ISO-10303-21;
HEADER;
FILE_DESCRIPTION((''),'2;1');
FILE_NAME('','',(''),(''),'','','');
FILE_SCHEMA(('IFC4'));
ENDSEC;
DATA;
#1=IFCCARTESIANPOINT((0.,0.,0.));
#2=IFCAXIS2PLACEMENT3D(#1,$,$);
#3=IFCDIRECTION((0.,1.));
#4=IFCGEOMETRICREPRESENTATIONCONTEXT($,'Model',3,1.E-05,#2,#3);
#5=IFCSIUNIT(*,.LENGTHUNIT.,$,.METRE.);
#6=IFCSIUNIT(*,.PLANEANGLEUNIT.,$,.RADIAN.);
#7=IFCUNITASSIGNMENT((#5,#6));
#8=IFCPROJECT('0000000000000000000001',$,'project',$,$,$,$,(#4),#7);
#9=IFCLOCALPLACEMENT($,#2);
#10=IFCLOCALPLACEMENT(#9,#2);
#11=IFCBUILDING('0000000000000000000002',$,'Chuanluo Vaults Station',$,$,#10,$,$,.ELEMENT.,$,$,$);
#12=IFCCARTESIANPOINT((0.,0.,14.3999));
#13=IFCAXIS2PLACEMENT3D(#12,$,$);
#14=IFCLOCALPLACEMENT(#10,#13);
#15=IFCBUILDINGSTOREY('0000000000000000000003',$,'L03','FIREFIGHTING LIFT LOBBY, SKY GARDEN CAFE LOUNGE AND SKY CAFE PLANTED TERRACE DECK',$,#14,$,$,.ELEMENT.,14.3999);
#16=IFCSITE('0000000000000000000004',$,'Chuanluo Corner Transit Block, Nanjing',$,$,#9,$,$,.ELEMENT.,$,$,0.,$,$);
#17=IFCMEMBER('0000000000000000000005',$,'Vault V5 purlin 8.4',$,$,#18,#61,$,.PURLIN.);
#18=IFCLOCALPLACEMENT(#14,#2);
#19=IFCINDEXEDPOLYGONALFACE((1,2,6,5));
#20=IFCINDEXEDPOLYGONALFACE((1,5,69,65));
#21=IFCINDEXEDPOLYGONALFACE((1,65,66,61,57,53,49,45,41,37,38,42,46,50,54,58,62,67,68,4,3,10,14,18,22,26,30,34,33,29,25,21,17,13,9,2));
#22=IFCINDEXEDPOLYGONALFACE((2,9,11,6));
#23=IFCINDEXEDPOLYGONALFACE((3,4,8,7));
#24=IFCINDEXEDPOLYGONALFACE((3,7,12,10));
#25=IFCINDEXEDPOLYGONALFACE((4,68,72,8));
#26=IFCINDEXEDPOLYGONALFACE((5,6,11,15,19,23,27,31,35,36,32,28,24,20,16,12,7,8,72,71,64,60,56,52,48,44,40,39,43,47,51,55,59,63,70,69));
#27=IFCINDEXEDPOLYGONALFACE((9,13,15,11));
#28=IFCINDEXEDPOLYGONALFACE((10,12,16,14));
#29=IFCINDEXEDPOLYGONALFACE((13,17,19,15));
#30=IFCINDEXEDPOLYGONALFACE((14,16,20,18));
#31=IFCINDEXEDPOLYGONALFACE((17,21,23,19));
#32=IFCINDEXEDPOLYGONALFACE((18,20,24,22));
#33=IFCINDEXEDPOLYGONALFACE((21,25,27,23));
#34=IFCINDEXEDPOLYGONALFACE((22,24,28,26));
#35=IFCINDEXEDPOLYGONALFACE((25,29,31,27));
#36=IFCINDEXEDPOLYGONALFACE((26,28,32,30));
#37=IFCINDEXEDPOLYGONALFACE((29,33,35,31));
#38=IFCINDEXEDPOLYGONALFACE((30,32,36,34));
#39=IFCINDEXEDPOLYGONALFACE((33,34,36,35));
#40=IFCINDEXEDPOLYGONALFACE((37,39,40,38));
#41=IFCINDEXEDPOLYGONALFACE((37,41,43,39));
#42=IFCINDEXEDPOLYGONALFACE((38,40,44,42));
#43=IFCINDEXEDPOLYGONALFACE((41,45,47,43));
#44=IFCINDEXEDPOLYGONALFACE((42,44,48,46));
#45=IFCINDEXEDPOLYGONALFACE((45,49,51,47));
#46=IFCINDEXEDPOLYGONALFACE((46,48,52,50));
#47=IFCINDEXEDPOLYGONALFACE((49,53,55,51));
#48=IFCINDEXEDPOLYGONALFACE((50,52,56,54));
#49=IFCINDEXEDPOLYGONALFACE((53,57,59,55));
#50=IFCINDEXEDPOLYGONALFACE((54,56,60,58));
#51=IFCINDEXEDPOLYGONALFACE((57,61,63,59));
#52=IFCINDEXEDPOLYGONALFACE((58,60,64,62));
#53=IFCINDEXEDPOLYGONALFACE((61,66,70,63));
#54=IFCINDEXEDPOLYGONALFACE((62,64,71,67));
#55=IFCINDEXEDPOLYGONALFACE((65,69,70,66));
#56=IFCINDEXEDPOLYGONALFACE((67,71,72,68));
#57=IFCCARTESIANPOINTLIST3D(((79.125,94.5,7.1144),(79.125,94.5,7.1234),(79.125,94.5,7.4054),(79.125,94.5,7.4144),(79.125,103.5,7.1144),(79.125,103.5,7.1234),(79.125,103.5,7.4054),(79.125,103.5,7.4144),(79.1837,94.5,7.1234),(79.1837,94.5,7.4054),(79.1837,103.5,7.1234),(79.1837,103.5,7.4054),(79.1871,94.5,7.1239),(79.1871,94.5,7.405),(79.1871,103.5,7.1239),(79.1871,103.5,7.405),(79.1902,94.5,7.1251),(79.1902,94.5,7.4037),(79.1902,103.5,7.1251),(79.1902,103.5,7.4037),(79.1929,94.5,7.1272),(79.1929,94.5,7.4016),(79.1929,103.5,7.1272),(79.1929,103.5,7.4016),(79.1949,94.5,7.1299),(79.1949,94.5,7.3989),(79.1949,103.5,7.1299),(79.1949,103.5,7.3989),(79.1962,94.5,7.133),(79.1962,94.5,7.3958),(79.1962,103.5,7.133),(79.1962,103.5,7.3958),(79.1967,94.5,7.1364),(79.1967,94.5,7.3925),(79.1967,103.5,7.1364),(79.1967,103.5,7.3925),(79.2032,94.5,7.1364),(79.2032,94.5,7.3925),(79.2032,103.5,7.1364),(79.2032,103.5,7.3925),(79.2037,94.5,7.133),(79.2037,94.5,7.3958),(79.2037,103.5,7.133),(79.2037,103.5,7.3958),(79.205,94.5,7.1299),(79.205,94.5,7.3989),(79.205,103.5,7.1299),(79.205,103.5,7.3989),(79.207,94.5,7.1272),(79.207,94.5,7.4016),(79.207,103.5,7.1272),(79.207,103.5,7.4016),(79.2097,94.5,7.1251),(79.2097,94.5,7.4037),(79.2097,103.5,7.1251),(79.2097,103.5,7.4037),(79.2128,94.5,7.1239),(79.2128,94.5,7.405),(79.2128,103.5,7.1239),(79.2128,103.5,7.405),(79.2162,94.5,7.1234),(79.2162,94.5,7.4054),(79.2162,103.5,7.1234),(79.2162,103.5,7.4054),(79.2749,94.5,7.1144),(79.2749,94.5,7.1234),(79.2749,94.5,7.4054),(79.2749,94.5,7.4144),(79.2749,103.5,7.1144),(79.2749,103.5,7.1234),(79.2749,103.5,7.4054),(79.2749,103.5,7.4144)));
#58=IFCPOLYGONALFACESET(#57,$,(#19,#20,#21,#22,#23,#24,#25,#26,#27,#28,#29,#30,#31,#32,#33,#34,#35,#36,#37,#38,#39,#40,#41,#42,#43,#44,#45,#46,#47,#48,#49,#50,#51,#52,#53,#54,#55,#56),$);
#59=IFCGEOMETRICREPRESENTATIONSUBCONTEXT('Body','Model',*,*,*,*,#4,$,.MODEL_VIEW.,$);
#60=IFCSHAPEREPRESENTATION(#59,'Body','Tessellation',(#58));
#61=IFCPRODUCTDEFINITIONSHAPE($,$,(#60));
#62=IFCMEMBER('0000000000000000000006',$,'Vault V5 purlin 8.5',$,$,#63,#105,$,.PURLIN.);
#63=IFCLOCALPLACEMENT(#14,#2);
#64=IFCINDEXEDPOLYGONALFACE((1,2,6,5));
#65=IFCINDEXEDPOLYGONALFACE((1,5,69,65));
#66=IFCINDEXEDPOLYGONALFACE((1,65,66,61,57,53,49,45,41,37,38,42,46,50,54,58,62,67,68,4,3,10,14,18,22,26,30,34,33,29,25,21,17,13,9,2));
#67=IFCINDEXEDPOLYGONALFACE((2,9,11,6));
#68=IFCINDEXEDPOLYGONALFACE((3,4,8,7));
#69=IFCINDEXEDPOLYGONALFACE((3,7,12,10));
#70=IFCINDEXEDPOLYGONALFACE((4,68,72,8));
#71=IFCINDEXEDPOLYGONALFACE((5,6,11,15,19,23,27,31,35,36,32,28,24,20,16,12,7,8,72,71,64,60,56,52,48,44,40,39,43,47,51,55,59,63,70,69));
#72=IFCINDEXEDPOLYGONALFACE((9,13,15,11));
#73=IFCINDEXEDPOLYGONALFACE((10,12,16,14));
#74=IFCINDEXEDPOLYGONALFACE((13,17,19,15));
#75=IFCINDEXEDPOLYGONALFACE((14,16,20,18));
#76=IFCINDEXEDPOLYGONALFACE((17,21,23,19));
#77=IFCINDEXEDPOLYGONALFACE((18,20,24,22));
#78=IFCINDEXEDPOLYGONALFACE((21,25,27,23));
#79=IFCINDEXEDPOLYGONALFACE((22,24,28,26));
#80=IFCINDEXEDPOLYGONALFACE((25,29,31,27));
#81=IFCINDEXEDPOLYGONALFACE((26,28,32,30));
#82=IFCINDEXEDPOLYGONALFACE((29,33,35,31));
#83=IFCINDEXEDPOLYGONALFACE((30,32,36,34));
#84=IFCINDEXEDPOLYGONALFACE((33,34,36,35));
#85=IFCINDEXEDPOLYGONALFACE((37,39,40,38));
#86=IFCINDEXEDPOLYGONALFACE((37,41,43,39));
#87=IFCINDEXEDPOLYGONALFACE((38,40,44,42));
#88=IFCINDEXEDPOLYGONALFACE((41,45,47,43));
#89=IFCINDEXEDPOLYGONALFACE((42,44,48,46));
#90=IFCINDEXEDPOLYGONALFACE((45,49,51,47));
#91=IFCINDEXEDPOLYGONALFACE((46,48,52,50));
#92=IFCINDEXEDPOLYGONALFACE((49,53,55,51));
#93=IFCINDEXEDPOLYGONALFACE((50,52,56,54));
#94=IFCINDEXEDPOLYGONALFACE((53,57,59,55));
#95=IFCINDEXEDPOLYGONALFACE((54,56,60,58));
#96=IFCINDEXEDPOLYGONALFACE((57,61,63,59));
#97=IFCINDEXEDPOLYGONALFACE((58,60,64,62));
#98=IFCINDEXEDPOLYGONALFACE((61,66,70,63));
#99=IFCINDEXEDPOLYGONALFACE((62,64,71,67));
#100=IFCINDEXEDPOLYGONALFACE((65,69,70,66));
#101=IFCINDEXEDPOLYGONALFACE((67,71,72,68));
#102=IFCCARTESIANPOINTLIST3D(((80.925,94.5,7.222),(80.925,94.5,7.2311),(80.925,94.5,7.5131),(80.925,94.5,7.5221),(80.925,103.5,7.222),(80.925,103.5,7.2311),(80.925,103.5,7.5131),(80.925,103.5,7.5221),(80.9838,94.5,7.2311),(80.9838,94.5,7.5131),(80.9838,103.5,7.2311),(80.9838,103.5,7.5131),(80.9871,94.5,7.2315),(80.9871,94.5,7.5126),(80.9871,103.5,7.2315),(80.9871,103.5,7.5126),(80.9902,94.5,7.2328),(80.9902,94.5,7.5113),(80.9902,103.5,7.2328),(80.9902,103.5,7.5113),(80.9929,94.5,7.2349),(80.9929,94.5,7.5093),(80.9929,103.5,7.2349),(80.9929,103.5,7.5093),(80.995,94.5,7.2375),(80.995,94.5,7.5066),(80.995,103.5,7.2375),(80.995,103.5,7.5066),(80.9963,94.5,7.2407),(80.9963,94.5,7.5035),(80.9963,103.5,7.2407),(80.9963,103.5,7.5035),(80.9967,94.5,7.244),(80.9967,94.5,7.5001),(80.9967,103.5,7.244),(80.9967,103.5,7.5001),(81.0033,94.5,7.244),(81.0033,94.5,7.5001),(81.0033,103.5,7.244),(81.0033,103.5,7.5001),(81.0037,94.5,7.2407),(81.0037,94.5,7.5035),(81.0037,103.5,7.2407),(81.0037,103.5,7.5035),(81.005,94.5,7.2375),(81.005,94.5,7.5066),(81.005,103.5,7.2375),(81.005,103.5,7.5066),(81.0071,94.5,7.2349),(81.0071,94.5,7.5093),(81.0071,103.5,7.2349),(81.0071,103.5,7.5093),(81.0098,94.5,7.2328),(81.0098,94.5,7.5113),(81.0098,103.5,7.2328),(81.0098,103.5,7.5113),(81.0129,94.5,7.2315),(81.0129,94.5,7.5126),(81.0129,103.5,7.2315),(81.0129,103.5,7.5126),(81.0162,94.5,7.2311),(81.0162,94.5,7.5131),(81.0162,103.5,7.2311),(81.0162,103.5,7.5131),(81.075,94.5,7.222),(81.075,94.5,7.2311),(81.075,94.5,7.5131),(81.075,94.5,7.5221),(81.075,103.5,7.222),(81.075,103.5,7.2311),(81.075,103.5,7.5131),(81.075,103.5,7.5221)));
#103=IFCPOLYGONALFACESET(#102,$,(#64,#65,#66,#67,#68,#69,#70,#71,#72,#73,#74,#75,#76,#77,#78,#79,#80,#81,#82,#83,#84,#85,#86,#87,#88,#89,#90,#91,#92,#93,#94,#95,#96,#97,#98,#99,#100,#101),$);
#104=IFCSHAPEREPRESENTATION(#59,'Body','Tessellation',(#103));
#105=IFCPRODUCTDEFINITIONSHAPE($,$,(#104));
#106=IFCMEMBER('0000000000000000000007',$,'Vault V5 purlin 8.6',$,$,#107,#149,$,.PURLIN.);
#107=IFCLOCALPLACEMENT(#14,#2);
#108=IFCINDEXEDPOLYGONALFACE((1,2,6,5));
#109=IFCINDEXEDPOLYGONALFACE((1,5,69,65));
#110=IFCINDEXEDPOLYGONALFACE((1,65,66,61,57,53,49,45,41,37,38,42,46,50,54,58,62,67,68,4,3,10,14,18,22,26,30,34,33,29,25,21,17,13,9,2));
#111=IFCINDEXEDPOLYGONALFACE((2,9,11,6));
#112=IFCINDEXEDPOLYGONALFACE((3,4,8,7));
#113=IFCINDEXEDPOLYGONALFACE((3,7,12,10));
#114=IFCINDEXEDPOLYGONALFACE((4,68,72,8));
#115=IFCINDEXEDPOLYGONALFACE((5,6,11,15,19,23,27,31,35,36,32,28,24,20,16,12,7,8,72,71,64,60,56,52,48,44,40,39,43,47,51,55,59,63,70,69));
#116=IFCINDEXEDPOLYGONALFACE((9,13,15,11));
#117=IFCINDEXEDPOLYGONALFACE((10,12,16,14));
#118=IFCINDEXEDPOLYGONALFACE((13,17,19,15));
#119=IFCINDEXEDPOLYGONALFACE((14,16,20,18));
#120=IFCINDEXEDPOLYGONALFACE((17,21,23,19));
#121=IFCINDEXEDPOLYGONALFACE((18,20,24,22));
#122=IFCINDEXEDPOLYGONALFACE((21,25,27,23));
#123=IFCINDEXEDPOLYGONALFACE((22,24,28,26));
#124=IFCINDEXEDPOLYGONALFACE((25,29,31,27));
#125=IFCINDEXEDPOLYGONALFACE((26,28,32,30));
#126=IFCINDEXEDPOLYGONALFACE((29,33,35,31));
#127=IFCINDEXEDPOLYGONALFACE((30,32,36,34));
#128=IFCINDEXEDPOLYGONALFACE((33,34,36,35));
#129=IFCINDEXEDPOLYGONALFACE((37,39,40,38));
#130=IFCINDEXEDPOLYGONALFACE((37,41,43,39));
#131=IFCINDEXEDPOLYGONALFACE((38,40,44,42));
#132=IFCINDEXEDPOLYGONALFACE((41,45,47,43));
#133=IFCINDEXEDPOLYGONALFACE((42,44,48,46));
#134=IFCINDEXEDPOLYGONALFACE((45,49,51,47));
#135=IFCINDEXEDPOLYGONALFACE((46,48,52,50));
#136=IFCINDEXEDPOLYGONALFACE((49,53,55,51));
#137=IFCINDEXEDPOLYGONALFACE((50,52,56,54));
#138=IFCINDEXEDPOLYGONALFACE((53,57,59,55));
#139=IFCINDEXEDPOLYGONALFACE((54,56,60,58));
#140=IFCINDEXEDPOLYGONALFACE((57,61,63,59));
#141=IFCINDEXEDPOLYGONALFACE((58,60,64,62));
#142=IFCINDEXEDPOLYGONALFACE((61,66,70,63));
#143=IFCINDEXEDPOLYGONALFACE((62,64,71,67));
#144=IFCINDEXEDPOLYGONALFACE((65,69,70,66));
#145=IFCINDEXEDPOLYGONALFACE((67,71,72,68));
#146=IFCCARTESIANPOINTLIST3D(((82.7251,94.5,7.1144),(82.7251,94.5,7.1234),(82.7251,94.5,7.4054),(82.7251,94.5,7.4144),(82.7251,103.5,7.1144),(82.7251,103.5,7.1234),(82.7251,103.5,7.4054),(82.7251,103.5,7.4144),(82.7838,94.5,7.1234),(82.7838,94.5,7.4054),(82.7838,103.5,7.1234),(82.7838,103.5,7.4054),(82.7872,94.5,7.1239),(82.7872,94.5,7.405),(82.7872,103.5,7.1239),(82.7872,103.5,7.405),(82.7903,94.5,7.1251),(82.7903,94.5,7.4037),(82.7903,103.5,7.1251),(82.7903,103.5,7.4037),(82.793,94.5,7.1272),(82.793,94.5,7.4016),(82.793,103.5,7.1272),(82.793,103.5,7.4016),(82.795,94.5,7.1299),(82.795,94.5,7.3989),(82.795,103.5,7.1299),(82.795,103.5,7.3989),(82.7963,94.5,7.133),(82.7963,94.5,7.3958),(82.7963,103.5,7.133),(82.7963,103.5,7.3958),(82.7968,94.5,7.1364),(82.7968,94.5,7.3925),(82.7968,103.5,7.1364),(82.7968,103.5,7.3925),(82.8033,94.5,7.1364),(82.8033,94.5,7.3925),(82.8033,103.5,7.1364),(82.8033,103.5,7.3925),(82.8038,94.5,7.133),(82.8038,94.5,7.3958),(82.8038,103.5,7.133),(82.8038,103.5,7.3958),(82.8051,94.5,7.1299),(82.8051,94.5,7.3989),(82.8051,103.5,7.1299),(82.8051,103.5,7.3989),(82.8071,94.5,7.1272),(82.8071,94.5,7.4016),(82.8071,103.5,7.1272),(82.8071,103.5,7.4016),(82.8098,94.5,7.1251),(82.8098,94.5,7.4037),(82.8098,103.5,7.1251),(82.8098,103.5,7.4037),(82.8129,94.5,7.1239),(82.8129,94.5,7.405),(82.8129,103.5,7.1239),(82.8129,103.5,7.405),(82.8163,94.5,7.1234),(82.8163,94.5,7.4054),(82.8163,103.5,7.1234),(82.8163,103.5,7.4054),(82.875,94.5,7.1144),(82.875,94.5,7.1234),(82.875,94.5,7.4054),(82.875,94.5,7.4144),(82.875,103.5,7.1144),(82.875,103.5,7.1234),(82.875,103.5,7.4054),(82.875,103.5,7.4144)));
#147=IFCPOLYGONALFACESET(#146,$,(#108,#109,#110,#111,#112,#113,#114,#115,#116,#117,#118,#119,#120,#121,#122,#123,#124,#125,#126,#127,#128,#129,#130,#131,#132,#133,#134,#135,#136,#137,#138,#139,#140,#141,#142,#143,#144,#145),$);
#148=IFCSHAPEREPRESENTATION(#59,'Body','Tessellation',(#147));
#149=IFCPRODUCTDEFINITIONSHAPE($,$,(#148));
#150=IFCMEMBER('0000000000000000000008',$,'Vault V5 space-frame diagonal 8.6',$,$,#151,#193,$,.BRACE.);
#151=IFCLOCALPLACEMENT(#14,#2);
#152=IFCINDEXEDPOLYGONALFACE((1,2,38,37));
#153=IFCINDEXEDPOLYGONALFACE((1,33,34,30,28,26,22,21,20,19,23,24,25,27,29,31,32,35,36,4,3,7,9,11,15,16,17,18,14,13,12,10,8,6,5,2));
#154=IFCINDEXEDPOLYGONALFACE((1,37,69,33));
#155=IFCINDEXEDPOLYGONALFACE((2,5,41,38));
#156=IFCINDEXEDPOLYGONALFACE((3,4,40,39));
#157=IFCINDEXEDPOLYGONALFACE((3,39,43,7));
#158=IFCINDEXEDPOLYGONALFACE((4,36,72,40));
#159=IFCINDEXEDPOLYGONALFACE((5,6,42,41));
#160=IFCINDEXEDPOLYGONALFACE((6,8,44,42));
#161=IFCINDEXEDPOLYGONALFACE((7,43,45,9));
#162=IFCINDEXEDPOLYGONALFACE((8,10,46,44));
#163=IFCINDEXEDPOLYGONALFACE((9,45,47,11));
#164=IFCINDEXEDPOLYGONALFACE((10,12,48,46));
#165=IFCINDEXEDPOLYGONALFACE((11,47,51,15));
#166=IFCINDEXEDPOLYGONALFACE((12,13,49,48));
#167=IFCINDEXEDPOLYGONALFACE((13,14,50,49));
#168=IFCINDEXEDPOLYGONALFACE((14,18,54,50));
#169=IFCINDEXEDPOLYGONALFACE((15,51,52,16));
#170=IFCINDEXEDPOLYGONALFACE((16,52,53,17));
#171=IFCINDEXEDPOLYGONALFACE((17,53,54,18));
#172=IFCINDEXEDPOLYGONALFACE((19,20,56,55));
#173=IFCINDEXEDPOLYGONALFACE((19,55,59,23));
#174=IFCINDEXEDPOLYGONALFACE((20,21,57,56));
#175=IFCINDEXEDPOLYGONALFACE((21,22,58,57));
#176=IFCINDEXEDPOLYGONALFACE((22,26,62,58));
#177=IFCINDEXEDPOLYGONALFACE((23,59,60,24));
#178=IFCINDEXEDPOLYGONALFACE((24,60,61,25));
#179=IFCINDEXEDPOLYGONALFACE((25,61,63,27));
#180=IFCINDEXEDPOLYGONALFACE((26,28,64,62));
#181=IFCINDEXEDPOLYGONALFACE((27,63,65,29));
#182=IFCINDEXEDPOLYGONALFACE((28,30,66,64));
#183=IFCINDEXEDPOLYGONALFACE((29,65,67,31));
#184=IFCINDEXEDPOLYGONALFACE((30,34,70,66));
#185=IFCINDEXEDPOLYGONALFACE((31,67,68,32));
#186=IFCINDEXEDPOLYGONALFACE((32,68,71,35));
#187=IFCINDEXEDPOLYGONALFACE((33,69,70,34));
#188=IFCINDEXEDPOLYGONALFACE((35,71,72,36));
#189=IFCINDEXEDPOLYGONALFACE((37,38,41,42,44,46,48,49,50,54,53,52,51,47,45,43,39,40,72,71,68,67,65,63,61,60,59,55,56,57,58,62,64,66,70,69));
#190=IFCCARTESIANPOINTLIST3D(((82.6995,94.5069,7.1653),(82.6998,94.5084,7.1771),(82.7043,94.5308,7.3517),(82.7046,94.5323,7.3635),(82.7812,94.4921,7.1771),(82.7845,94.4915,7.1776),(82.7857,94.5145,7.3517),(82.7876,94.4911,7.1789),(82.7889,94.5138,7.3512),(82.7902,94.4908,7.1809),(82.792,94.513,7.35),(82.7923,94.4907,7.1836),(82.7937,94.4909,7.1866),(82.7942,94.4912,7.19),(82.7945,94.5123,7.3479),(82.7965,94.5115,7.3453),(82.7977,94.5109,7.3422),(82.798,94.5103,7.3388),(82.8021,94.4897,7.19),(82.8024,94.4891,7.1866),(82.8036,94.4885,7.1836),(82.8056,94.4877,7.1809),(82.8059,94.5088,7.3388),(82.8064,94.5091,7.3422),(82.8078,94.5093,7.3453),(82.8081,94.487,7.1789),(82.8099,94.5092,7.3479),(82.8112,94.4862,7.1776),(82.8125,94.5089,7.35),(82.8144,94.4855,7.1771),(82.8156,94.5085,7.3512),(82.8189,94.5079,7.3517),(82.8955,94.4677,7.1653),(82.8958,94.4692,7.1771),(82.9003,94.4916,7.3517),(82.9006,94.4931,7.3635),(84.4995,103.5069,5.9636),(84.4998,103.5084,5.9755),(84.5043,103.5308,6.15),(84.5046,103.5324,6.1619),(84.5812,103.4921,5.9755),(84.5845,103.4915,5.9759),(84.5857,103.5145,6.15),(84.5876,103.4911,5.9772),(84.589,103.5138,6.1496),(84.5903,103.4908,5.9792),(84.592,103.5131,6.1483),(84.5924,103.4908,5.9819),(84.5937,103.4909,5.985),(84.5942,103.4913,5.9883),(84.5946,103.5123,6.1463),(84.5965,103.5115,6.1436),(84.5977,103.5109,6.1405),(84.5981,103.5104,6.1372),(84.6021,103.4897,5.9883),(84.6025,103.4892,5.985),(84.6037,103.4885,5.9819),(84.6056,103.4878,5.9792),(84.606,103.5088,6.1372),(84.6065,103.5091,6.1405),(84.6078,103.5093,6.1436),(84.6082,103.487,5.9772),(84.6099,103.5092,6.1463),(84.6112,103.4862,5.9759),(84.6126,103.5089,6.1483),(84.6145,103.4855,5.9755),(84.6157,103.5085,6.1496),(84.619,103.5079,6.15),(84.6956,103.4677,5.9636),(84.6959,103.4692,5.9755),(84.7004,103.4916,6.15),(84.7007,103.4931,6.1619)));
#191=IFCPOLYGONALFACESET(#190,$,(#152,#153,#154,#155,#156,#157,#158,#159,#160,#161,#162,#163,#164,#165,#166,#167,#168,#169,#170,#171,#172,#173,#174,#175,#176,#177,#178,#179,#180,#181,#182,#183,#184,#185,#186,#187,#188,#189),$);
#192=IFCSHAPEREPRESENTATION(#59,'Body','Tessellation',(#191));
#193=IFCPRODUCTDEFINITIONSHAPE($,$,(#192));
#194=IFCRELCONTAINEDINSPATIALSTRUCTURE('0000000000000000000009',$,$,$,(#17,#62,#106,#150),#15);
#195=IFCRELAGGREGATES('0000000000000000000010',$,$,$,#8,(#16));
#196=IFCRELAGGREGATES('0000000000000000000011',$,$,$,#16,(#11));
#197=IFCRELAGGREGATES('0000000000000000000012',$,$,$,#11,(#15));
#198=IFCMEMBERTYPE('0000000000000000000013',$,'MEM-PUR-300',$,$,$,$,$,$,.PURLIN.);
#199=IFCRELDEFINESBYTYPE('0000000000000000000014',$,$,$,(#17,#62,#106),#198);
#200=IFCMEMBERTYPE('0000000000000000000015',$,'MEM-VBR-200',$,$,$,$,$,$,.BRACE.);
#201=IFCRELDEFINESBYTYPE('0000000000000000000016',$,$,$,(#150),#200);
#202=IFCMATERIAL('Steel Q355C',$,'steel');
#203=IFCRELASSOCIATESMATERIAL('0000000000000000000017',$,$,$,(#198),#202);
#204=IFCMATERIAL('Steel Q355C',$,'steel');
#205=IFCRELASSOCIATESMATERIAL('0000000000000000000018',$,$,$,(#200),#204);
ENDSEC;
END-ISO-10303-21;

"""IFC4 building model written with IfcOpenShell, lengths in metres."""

from ifc_helpers import new_model, si_unit, direction, frame, origin, origin_2d, place, context, subcontext, project, spatial, i_section, extrude, material, material_profile, profile_set, type_object, element, save


model = new_model("IFC4")

# Units and contexts
model_context = context("Model", 3, precision=1e-05, world=origin(), true_north=direction((0.0, 1.0)))
body_context = subcontext(model_context, "Body", "Model", "MODEL_VIEW")
ifc_project = project(units=[si_unit("LENGTHUNIT", "METRE"), si_unit("PLANEANGLEUNIT", "RADIAN")], contexts=[model_context])

# Site, building, storey
site_placement = place(None, origin())
site = spatial("IfcSite", under=ifc_project, at=site_placement, Name="Chuanluo Corner Transit Block, Nanjing", CompositionType="ELEMENT", RefElevation=0.0)
building_placement = place(site_placement, origin())
building = spatial("IfcBuilding", under=site, at=building_placement, Name="Chuanluo Vaults Station", CompositionType="ELEMENT")
storey_placement = place(building_placement, frame((0.0, 0.0, 14.3999)))
storey = spatial("IfcBuildingStorey", under=building, at=storey_placement, Name="L03", Description="FIREFIGHTING LIFT LOBBY, SKY GARDEN CAFE LOUNGE AND SKY CAFE PLANTED TERRACE DECK", CompositionType="ELEMENT", Elevation=14.3999)

# Members
ifc_material_1 = material(Name="Steel Q355C", Category="steel")
ifc_material_profile_1 = material_profile(ifc_material_1, i_section(OverallWidth=0.1499, OverallDepth=0.3, WebThickness=0.0066, FlangeThickness=0.009, FilletRadius=0.0129, at=origin_2d()))
ifc_profile_set_1 = profile_set([ifc_material_profile_1], Name="Steel Q355C")
member_type_1 = type_object("IfcMemberType", Name="MEM-PUR-300", PredefinedType="PURLIN", material=ifc_profile_set_1)
for number, where, z_axis, x_axis, name in (
    (1, (79.2, 94.5, 7.2644), (0.0, 1.0, 0.0), (-1.0, 0.0, 0.0), "Vault V5 purlin 8.4"),
    (2, (81.0, 94.5, 7.3721), (0.0, 1.0, 0.0), (-1.0, 0.0, 0.0), "Vault V5 purlin 8.5"),
    (3, (82.8, 94.5, 7.2644), (0.0, 1.0, 0.0), (-1.0, 0.0, 0.0), "Vault V5 purlin 8.6"),
):
    element("IfcMember", number, at=place(storey_placement, frame(where, z_axis=z_axis, x_axis=x_axis)), inside=storey, type_object=member_type_1, Name=name, PredefinedType="PURLIN", context=body_context, shape_type="SweptSolid", body=[
        extrude(i_section(OverallWidth=0.1499, OverallDepth=0.3, WebThickness=0.0066, FlangeThickness=0.009, FilletRadius=0.0129, at=origin_2d()), origin(), (0.0, 0.0, 1.0), 9.0),
    ])
ifc_material_2 = material(Name="Steel Q355C", Category="steel")
ifc_material_profile_2 = material_profile(ifc_material_2, i_section(OverallWidth=0.2, OverallDepth=0.2, WebThickness=0.0081, FlangeThickness=0.012, FilletRadius=0.0129, at=origin_2d()))
ifc_profile_set_2 = profile_set([ifc_material_profile_2], Name="Steel Q355C")
member_type_2 = type_object("IfcMemberType", Name="MEM-VBR-200", PredefinedType="BRACE", material=ifc_profile_set_2)
member_1_placement = place(storey_placement, frame((82.8, 94.5, 7.2644), z_axis=(0.194462, 0.972282, -0.129817), x_axis=(-0.98058, 0.196121, 0.0)))
element("IfcMember", 4, at=member_1_placement, inside=storey, type_object=member_type_2, Name="Vault V5 space-frame diagonal 8.6", PredefinedType="BRACE", context=body_context, shape_type="SweptSolid", body=[
    extrude(i_section(OverallWidth=0.2, OverallDepth=0.2, WebThickness=0.0081, FlangeThickness=0.012, FilletRadius=0.0129, at=origin_2d()), origin(), (0.0, 0.0, 1.0), 9.2566),
])

save(model, "model.ifc")
